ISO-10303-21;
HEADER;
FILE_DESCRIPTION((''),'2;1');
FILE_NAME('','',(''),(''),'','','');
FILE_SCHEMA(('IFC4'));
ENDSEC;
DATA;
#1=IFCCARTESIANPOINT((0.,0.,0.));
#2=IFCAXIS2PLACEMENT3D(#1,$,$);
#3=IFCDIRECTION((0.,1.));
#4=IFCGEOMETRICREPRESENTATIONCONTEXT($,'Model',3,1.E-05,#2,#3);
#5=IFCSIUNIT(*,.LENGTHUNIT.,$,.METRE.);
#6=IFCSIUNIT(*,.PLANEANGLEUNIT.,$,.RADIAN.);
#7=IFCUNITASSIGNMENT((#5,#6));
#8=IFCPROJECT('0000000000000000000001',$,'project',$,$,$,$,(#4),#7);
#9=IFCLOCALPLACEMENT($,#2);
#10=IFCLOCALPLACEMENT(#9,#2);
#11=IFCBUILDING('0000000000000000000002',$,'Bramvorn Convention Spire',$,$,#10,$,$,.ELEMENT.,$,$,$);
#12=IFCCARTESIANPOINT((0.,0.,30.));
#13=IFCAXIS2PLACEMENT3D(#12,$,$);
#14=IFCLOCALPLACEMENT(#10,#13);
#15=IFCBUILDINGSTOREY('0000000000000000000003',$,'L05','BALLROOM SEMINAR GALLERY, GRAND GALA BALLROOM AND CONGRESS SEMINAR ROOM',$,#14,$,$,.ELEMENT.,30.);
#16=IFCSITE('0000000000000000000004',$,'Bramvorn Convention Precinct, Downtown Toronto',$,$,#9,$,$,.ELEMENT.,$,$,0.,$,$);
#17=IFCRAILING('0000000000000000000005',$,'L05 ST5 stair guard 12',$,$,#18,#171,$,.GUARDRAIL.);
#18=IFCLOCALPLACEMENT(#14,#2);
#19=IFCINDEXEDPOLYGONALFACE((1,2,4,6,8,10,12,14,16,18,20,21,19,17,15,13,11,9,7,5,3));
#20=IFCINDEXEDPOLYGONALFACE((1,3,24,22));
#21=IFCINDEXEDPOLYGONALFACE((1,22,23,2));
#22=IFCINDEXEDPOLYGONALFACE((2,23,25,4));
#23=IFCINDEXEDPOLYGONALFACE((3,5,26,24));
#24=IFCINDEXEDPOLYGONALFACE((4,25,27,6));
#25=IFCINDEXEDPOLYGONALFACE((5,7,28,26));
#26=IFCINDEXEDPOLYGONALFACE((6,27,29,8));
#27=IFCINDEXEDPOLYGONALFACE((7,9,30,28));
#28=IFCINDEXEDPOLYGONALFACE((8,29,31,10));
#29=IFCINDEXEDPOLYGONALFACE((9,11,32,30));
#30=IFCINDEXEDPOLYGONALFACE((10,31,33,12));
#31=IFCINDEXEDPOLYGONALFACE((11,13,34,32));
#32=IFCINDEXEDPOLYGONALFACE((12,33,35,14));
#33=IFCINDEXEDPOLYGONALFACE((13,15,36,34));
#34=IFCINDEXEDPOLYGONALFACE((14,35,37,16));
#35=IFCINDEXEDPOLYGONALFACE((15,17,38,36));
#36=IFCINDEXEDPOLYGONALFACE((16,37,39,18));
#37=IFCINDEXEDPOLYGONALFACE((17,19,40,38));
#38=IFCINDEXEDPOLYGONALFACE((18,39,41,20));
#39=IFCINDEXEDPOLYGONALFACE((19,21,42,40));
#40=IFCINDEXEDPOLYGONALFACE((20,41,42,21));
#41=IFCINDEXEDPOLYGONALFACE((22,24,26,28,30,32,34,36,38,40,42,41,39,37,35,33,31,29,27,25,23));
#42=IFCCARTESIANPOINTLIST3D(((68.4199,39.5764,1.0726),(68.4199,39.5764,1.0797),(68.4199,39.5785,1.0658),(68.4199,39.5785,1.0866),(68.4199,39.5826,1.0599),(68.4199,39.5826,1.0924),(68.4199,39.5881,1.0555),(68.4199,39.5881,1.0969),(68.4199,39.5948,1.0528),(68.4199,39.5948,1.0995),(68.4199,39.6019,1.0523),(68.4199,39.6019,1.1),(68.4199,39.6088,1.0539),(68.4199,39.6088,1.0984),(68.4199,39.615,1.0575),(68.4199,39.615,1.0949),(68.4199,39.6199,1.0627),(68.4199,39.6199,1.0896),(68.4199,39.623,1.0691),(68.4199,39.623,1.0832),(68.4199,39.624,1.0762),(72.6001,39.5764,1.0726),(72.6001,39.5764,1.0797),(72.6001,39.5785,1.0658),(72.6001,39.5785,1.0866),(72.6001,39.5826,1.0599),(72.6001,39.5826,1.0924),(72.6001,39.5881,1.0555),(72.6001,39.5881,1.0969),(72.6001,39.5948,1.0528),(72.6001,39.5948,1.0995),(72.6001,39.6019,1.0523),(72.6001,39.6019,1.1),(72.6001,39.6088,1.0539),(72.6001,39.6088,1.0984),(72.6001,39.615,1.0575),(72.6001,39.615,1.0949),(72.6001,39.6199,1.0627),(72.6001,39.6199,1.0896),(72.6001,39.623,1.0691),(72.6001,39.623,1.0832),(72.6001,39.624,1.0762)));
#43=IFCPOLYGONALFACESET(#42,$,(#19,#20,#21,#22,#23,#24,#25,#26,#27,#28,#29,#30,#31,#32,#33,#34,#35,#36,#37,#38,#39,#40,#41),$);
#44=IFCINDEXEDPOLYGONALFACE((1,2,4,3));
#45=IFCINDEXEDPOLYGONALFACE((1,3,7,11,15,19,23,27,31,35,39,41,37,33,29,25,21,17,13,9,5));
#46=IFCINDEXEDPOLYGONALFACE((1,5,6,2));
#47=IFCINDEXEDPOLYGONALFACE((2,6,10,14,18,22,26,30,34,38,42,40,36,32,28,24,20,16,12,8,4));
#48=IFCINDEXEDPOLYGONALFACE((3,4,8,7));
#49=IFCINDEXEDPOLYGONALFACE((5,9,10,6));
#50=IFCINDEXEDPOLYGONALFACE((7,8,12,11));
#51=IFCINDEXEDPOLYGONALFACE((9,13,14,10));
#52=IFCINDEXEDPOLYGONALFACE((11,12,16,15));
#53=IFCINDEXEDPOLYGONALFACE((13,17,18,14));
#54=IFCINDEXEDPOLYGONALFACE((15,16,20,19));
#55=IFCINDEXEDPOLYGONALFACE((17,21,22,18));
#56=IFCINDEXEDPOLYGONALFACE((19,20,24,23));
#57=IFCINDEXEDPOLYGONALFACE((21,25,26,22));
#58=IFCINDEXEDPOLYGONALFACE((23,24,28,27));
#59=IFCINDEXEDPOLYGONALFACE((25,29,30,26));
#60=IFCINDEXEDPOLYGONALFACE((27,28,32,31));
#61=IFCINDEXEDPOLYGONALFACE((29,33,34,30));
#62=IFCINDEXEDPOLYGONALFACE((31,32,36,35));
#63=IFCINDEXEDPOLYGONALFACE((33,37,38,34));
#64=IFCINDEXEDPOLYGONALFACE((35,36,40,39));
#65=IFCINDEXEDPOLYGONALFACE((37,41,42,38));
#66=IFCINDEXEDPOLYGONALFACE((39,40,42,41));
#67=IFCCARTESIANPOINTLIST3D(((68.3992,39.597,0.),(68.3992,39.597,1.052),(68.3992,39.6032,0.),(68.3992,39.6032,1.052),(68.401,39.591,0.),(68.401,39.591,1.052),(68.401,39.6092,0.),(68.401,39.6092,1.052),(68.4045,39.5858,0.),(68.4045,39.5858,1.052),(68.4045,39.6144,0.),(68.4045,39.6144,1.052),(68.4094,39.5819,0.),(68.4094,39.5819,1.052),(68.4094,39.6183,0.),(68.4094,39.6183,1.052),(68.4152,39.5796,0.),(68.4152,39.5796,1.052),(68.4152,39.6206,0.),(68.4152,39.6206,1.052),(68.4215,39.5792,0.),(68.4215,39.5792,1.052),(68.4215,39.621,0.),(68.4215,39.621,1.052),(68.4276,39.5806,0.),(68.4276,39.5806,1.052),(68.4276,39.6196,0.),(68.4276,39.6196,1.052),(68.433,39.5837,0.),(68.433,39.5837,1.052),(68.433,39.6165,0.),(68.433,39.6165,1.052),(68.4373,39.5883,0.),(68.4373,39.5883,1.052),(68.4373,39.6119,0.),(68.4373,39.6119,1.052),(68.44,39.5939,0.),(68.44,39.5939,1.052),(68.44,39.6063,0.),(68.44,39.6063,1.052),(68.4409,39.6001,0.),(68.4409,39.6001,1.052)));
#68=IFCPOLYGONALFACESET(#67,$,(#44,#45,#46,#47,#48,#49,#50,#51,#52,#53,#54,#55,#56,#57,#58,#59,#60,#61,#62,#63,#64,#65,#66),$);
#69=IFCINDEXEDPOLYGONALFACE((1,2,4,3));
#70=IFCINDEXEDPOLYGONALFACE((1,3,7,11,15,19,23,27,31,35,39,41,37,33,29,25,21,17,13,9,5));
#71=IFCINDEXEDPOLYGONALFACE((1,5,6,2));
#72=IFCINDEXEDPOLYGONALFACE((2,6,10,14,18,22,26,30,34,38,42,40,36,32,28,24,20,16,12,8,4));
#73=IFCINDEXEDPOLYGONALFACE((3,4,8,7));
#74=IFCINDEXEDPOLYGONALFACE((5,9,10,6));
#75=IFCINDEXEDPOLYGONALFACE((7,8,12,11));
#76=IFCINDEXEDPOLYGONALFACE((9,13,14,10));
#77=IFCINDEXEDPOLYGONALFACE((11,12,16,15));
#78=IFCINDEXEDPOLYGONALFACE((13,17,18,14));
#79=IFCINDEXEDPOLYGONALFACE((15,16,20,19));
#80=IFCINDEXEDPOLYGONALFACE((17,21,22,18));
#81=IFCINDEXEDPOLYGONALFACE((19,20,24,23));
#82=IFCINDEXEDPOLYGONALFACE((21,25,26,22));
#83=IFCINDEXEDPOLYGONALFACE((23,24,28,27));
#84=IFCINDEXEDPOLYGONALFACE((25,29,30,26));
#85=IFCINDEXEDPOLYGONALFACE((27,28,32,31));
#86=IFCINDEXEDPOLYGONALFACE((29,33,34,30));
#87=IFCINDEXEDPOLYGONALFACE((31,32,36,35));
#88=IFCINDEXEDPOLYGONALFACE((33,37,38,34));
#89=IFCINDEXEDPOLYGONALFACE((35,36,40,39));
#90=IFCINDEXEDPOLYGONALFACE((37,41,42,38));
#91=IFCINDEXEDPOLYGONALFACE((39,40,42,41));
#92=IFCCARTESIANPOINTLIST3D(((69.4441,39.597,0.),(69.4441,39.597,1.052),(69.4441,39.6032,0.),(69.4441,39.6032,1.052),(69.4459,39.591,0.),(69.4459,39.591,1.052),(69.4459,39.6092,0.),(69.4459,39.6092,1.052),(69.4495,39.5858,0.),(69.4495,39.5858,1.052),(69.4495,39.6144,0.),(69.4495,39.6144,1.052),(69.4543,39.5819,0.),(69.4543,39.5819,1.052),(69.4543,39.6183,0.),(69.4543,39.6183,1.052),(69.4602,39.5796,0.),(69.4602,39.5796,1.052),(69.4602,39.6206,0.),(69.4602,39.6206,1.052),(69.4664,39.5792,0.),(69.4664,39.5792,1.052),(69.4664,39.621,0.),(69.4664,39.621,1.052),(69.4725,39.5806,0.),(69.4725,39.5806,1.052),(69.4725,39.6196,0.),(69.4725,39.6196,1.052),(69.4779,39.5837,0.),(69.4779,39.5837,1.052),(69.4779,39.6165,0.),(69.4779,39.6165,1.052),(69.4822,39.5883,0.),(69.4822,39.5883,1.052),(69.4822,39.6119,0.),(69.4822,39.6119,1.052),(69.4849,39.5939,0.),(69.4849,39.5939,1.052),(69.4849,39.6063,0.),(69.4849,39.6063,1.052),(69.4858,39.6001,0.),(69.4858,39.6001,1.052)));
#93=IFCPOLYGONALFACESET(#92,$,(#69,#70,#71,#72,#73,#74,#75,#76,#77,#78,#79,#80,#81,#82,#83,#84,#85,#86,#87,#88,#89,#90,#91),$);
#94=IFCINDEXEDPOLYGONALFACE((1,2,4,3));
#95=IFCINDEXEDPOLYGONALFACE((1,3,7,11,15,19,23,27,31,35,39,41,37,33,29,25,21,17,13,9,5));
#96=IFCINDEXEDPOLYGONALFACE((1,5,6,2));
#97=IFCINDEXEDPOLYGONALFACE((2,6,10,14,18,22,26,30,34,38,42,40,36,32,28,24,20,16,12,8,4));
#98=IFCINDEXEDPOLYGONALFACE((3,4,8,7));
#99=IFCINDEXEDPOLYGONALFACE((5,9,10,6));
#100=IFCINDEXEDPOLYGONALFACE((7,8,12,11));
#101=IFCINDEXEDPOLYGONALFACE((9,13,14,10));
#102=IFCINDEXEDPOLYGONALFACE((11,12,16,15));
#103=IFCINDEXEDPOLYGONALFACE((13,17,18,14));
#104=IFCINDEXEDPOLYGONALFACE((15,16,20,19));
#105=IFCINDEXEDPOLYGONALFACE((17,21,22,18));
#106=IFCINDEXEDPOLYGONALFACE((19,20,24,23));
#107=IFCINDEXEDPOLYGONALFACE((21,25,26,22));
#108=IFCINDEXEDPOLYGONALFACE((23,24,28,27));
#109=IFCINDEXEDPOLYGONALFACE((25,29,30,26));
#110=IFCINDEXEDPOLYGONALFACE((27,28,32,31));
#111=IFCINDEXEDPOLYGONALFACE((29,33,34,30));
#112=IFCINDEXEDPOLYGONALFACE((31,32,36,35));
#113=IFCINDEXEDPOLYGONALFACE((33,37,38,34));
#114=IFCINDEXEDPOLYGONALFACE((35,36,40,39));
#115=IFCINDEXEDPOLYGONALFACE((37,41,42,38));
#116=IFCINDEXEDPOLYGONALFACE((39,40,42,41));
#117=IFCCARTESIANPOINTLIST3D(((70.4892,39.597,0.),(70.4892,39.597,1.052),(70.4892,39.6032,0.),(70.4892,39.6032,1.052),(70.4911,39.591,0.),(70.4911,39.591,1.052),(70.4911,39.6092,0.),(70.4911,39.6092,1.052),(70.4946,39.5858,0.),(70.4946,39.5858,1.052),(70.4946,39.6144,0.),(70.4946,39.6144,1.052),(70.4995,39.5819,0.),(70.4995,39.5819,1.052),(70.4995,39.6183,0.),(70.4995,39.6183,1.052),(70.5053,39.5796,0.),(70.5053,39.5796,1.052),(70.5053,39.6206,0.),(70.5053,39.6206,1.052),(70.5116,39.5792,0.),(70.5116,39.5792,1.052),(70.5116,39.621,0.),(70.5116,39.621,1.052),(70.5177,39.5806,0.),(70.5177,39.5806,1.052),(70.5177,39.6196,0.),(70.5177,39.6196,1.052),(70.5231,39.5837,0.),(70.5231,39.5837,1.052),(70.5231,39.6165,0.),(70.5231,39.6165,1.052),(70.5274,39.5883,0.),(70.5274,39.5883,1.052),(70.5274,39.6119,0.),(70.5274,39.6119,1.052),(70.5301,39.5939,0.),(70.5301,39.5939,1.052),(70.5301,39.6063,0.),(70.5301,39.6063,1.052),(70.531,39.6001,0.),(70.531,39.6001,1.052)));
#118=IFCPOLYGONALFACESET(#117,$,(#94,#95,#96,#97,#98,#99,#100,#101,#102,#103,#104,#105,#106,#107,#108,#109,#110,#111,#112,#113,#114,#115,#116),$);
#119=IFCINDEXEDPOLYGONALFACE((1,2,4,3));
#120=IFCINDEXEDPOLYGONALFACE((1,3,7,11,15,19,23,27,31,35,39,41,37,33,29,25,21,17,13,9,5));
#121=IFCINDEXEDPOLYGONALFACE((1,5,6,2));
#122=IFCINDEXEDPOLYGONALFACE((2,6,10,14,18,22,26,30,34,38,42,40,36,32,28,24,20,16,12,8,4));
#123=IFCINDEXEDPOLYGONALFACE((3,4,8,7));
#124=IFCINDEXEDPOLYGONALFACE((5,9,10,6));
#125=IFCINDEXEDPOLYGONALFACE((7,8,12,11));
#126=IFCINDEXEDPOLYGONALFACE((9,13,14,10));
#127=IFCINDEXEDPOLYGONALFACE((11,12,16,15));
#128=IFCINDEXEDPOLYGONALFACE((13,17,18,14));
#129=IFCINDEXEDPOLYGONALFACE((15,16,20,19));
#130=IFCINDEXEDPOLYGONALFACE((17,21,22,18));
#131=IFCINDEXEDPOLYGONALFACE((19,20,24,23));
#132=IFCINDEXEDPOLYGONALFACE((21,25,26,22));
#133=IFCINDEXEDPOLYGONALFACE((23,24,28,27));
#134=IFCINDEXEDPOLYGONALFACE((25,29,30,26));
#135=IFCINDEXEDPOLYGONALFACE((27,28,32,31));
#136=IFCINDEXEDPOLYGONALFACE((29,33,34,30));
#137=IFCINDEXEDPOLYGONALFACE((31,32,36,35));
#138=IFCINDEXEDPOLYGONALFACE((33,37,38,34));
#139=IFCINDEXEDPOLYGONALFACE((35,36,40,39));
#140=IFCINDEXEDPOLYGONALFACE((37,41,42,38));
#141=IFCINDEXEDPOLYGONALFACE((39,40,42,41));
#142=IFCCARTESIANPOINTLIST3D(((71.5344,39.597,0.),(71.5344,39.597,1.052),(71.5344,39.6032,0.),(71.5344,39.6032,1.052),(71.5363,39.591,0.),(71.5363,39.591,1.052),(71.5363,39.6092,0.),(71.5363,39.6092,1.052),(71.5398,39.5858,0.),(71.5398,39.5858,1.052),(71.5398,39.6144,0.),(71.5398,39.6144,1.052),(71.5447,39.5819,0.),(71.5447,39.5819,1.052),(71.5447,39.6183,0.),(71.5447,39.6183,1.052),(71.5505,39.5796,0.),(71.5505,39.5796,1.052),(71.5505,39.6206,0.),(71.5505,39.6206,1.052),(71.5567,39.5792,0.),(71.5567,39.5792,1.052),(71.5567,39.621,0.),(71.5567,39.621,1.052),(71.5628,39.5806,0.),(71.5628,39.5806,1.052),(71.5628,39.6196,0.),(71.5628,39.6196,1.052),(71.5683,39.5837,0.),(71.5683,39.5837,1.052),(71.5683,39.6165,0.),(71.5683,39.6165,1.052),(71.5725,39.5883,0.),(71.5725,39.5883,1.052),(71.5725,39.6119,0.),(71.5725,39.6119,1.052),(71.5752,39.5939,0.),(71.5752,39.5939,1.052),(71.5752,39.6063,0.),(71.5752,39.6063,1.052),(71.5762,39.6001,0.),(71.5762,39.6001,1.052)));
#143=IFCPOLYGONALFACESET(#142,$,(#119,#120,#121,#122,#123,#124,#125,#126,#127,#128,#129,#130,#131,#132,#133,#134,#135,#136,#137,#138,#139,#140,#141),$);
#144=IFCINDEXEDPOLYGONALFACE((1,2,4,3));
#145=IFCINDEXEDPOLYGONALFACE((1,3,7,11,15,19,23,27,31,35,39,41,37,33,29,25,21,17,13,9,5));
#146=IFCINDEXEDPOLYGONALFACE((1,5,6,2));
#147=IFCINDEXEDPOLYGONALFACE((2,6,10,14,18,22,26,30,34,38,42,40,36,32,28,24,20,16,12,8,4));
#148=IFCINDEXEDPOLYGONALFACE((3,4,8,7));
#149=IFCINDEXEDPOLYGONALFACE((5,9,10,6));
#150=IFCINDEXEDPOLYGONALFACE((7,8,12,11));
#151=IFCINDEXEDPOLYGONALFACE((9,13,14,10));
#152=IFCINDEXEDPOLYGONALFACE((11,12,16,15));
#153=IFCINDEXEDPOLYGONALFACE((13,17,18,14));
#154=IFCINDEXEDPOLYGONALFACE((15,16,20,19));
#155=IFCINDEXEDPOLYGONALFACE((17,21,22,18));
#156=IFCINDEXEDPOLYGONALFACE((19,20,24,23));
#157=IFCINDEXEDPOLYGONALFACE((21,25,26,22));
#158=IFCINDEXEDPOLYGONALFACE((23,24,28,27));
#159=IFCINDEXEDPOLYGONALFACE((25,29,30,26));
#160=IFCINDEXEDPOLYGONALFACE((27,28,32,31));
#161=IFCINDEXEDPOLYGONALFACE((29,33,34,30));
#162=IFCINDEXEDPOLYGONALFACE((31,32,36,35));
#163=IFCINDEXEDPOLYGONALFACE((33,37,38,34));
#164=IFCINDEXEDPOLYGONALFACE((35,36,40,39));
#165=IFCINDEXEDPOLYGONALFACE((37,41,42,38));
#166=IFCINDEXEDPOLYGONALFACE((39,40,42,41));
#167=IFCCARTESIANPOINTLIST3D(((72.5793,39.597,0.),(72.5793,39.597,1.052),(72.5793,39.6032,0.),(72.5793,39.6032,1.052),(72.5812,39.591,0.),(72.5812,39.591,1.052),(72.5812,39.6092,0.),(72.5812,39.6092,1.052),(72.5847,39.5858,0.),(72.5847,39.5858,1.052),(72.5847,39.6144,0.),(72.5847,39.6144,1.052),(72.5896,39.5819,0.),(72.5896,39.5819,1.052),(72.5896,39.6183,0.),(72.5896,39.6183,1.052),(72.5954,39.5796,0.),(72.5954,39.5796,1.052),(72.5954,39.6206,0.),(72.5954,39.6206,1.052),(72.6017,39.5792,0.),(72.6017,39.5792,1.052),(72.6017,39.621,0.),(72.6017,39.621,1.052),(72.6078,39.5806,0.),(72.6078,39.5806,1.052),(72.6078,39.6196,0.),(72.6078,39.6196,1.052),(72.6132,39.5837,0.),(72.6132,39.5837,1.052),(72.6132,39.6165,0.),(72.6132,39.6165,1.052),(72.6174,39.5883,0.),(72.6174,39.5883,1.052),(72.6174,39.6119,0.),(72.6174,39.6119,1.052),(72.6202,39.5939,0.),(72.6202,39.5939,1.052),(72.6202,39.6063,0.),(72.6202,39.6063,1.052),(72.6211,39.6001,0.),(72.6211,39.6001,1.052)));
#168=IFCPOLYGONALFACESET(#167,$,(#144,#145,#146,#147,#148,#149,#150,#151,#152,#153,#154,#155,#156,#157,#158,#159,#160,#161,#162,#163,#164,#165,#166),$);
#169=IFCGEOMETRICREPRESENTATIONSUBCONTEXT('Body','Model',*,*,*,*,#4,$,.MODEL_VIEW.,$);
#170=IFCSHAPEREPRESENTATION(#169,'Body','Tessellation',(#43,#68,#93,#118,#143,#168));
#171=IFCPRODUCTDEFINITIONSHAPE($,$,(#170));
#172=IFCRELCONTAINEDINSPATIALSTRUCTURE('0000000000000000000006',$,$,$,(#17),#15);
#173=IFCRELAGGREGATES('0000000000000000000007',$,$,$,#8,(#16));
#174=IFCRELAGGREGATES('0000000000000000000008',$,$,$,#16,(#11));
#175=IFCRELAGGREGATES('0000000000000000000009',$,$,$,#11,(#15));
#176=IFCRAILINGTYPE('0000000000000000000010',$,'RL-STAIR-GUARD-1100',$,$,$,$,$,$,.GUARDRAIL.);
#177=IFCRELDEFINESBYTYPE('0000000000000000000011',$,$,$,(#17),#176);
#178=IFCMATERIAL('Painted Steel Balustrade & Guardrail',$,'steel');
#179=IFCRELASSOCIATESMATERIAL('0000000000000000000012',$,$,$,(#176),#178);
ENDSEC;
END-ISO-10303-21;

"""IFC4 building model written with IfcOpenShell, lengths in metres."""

from ifc_helpers import new_model, si_unit, direction, frame, origin, origin_2d, place, context, subcontext, project, spatial, circle, extrude, material, type_object, element, save


model = new_model("IFC4")

# Units and contexts
model_context = context("Model", 3, precision=1e-05, world=origin(), true_north=direction((0.0, 1.0)))
body_context = subcontext(model_context, "Body", "Model", "MODEL_VIEW")
ifc_project = project(units=[si_unit("LENGTHUNIT", "METRE"), si_unit("PLANEANGLEUNIT", "RADIAN")], contexts=[model_context])

# Site, building, storey
site_placement = place(None, origin())
site = spatial("IfcSite", under=ifc_project, at=site_placement, Name="Bramvorn Convention Precinct, Downtown Toronto", CompositionType="ELEMENT", RefElevation=0.0)
building_placement = place(site_placement, origin())
building = spatial("IfcBuilding", under=site, at=building_placement, Name="Bramvorn Convention Spire", CompositionType="ELEMENT")
storey_placement = place(building_placement, frame((0.0, 0.0, 30.0)))
storey = spatial("IfcBuildingStorey", under=building, at=storey_placement, Name="L05", Description="BALLROOM SEMINAR GALLERY, GRAND GALA BALLROOM AND CONGRESS SEMINAR ROOM", CompositionType="ELEMENT", Elevation=30.0)

# Railing
ifc_material_1 = material(Name="Painted Steel Balustrade & Guardrail", Category="steel")
railing_type_1 = type_object("IfcRailingType", Name="RL-STAIR-GUARD-1100", PredefinedType="GUARDRAIL", material=ifc_material_1)
railing_1_placement = place(storey_placement, frame((68.4199, 39.6001, 0.0)))
element("IfcRailing", 1, at=railing_1_placement, inside=storey, type_object=railing_type_1, Name="L05 ST5 stair guard 12", PredefinedType="GUARDRAIL", context=body_context, shape_type="SweptSolid", body=[
    extrude(circle(Radius=0.0239, at=origin_2d()), frame((0.0, 0.0, 1.0762), z_axis=(1.0, 0.0, 0.0), x_axis=(0.0, 1.0, 0.0)), (0.0, 0.0, 1.0), 4.1802),
    extrude(circle(Radius=0.021, at=origin_2d()), origin(), (0.0, 0.0, 1.0), 1.052),
    extrude(circle(Radius=0.021, at=origin_2d()), frame((1.0449, 0.0, 0.0)), (0.0, 0.0, 1.0), 1.052),
    extrude(circle(Radius=0.021, at=origin_2d()), frame((2.0901, 0.0, 0.0)), (0.0, 0.0, 1.0), 1.052),
    extrude(circle(Radius=0.021, at=origin_2d()), frame((3.1353, 0.0, 0.0)), (0.0, 0.0, 1.0), 1.052),
    extrude(circle(Radius=0.021, at=origin_2d()), frame((4.1802, 0.0, 0.0)), (0.0, 0.0, 1.0), 1.052),
])

save(model, "model.ifc")
